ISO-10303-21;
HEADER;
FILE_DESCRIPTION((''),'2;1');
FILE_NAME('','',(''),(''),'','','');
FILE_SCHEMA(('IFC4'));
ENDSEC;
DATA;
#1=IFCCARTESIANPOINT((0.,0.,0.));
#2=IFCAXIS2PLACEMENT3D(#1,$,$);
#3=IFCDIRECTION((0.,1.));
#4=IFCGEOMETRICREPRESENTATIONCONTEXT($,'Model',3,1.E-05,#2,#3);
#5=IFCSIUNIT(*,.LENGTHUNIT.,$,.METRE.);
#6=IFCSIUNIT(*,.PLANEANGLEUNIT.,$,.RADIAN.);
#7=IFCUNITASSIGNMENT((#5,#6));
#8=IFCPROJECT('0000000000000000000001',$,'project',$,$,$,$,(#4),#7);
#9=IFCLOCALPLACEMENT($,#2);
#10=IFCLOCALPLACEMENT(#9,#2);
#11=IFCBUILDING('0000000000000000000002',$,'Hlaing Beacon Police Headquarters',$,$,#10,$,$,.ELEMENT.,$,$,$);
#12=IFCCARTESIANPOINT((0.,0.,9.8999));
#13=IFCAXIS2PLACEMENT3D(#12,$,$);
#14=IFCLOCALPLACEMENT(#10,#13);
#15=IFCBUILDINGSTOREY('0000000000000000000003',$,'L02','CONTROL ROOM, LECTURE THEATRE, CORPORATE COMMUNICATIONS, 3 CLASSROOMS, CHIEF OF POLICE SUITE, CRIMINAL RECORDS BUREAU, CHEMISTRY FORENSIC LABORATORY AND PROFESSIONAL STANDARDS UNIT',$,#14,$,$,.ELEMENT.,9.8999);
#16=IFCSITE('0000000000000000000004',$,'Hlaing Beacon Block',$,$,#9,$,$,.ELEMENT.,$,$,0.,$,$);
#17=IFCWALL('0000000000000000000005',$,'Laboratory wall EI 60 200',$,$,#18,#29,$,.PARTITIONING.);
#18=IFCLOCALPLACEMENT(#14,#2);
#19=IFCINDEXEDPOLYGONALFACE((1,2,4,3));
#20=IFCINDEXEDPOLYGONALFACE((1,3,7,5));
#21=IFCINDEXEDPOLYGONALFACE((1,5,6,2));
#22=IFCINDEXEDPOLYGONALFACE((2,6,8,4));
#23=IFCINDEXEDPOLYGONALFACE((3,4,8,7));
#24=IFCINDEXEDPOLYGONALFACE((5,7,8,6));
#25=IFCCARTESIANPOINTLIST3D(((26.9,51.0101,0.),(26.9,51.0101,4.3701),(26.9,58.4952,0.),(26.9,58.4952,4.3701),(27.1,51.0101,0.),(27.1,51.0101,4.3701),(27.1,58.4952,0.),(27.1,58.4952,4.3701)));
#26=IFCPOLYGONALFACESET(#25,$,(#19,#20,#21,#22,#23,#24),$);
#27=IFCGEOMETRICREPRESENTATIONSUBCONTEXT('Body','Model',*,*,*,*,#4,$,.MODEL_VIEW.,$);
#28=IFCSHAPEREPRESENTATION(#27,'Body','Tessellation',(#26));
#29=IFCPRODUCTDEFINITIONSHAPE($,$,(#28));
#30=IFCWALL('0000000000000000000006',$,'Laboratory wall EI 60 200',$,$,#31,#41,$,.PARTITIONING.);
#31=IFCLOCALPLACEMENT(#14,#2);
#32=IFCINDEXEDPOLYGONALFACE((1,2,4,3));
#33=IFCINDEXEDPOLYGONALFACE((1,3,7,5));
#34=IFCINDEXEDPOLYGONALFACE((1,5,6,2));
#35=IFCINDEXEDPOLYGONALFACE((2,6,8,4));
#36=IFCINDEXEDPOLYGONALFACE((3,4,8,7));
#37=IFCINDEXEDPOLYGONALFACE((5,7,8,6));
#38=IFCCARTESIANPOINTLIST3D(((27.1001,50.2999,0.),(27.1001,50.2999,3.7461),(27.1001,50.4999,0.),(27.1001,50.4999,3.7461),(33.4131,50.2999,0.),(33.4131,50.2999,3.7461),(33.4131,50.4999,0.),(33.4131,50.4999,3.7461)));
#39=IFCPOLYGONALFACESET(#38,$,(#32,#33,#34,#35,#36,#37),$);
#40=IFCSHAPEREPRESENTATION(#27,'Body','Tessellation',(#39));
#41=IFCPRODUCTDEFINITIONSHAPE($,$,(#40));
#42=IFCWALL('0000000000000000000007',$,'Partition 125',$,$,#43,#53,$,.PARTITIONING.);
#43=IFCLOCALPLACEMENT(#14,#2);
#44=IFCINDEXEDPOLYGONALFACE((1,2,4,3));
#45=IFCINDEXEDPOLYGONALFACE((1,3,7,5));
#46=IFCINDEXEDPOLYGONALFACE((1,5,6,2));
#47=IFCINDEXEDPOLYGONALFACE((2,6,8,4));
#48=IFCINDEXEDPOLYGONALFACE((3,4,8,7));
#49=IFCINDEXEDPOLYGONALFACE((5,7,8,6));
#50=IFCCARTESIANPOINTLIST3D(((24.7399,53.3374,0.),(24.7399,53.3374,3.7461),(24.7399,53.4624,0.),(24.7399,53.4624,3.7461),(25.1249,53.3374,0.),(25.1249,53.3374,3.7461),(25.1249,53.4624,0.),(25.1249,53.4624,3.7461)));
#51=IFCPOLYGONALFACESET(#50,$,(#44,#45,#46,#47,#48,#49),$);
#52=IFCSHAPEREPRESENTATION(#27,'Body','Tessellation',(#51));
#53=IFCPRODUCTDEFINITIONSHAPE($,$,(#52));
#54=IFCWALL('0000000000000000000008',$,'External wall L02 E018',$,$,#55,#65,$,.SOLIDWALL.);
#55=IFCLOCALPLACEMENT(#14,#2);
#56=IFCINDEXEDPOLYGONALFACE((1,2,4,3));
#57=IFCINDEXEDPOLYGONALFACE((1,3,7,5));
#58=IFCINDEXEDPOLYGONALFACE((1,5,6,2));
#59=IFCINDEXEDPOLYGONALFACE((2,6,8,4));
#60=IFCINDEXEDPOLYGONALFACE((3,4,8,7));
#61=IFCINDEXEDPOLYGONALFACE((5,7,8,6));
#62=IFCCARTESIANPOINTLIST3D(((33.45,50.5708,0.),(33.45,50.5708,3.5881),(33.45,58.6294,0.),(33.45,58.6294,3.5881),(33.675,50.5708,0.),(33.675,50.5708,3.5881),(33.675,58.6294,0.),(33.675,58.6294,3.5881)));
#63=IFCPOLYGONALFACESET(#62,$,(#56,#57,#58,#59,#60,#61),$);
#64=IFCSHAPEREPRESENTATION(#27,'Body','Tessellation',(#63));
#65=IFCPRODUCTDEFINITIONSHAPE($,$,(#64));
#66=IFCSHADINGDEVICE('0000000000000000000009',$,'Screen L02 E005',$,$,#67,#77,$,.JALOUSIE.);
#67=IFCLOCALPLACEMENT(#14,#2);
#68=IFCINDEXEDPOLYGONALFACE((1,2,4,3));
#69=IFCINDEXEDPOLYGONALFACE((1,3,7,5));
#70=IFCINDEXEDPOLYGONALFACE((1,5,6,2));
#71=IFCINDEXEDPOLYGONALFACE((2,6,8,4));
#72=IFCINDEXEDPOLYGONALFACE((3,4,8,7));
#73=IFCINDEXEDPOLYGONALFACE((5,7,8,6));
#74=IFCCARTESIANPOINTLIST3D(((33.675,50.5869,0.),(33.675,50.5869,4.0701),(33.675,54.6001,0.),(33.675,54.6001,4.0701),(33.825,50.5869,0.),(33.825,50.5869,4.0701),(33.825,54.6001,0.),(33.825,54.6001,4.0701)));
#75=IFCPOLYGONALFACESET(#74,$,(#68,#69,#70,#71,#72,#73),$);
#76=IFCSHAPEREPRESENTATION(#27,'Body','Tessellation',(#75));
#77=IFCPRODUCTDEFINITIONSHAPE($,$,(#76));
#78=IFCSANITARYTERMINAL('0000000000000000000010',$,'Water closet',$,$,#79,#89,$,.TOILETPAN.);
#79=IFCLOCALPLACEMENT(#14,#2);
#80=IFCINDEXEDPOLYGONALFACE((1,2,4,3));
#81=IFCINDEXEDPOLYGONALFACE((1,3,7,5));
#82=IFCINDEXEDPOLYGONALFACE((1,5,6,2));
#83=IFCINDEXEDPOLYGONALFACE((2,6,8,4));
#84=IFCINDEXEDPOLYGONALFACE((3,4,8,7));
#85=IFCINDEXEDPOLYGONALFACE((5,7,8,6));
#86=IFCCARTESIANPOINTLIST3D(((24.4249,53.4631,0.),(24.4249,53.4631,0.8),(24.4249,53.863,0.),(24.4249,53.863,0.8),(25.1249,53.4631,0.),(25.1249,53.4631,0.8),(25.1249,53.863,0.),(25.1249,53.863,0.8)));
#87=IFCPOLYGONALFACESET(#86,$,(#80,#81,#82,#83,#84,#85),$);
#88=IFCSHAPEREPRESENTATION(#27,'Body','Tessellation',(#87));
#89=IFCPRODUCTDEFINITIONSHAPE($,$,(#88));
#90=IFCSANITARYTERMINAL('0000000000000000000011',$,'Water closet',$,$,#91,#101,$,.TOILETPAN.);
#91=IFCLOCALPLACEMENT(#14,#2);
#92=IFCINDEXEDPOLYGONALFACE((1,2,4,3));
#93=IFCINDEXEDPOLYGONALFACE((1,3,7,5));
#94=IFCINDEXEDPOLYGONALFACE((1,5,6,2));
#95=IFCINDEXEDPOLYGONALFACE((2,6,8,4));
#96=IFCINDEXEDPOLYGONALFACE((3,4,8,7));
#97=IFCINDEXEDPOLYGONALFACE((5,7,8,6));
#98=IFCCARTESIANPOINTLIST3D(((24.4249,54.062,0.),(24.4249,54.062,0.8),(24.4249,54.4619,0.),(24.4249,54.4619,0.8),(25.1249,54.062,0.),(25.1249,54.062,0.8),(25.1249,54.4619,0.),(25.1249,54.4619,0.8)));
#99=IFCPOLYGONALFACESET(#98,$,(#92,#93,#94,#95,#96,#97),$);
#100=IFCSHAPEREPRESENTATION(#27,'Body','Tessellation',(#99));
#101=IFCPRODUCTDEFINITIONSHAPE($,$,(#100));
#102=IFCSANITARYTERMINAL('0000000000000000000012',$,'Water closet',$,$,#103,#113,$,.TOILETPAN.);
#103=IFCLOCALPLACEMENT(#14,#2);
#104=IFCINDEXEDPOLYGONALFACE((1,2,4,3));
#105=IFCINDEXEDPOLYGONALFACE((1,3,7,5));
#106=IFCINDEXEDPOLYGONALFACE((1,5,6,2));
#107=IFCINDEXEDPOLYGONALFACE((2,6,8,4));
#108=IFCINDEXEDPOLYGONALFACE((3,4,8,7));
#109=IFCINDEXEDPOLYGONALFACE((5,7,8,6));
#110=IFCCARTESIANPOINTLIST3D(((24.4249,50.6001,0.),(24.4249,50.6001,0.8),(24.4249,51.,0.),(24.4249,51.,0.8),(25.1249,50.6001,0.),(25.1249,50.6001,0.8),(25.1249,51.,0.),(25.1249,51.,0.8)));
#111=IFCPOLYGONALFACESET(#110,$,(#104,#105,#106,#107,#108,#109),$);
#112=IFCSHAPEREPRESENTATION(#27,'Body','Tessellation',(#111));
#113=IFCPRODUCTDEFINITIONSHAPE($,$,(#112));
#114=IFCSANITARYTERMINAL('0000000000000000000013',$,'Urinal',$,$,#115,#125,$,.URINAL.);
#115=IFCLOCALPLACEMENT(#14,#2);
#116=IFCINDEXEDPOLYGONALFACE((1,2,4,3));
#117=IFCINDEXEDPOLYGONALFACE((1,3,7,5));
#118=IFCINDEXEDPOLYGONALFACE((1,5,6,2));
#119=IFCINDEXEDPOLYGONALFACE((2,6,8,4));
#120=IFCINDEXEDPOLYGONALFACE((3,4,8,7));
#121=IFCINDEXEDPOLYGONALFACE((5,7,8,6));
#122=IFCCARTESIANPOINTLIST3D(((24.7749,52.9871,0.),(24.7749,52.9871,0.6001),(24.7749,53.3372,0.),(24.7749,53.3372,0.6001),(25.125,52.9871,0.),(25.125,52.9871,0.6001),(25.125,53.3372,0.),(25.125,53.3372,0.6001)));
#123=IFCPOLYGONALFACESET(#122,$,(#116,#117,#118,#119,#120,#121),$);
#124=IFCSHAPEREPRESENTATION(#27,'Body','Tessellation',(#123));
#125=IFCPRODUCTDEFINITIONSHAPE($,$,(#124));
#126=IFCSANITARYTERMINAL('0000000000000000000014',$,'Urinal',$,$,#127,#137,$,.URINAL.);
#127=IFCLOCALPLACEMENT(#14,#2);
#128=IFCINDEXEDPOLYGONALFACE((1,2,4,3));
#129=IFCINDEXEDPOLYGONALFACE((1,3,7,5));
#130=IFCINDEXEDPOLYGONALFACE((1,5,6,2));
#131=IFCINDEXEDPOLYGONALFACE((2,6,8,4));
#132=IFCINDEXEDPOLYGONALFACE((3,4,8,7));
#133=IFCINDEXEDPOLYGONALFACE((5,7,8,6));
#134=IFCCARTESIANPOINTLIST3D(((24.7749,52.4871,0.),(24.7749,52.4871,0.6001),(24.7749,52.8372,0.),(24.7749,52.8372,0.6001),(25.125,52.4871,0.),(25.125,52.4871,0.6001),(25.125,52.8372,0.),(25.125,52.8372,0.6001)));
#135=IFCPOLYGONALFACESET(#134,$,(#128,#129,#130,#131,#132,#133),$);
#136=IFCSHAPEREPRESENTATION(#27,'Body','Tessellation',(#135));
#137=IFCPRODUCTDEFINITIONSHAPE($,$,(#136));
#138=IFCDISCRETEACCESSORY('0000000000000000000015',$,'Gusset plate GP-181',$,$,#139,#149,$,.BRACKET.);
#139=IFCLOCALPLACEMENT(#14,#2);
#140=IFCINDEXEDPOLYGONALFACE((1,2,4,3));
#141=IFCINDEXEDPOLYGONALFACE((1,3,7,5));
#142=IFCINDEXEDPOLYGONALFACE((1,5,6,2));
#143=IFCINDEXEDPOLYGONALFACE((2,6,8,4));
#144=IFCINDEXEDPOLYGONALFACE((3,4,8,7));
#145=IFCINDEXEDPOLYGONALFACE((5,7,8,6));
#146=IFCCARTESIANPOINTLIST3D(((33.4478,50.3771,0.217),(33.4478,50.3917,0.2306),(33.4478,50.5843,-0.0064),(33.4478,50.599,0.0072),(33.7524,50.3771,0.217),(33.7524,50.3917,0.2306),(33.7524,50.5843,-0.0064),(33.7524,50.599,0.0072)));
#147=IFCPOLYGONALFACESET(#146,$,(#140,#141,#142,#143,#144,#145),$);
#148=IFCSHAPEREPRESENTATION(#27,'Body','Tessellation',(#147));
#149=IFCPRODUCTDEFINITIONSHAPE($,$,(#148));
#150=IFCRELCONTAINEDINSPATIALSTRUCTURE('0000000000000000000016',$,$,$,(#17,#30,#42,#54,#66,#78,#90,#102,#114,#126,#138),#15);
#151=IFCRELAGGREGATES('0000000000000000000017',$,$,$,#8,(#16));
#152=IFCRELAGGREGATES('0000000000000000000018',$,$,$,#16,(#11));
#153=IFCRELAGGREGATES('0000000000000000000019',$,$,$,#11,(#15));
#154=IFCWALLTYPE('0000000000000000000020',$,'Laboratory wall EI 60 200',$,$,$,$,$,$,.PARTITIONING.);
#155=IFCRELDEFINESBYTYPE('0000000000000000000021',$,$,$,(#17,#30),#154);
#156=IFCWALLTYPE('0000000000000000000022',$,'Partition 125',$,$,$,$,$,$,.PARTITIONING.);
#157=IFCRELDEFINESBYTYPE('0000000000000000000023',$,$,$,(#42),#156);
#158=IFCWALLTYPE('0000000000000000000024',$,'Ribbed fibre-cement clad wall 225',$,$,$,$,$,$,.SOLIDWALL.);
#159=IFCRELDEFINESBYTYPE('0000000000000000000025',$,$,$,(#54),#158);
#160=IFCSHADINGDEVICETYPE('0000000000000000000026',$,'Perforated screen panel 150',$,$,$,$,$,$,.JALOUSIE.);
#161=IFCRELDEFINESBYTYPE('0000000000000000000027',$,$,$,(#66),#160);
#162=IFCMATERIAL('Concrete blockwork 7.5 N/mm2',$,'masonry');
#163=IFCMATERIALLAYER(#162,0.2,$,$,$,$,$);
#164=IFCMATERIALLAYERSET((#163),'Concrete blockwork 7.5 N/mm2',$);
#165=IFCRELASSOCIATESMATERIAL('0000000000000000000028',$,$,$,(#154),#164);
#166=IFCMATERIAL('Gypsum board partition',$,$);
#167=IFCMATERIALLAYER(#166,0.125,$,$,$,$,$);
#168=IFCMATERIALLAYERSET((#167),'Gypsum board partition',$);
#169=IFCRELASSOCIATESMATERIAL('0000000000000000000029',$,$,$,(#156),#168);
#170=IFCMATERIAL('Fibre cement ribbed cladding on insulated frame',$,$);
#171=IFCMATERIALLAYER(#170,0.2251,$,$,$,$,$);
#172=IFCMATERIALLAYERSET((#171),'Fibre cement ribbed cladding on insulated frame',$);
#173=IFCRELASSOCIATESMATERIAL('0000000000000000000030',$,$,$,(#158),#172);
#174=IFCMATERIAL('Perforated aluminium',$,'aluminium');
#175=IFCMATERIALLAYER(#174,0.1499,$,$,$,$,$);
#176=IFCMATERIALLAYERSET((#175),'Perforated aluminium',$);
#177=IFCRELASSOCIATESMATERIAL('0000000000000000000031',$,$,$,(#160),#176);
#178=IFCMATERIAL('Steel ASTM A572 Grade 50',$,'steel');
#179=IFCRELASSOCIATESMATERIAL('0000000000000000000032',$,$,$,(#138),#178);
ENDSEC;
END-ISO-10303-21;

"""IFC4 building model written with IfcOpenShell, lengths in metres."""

from ifc_helpers import new_model, si_unit, direction, frame, frame_2d, origin, origin_2d, place, context, subcontext, project, spatial, rectangle, extrude, material, layer, layer_set, type_object, element, save


model = new_model("IFC4")

# Units and contexts
model_context = context("Model", 3, precision=1e-05, world=origin(), true_north=direction((0.0, 1.0)))
body_context = subcontext(model_context, "Body", "Model", "MODEL_VIEW")
ifc_project = project(units=[si_unit("LENGTHUNIT", "METRE"), si_unit("PLANEANGLEUNIT", "RADIAN")], contexts=[model_context])

# Site, building, storey
site_placement = place(None, origin())
site = spatial("IfcSite", under=ifc_project, at=site_placement, Name="Hlaing Beacon Block", CompositionType="ELEMENT", RefElevation=0.0)
building_placement = place(site_placement, origin())
building = spatial("IfcBuilding", under=site, at=building_placement, Name="Hlaing Beacon Police Headquarters", CompositionType="ELEMENT")
storey_placement = place(building_placement, frame((0.0, 0.0, 9.8999)))
storey = spatial("IfcBuildingStorey", under=building, at=storey_placement, Name="L02", Description="CONTROL ROOM, LECTURE THEATRE, CORPORATE COMMUNICATIONS, 3 CLASSROOMS, CHIEF OF POLICE SUITE, CRIMINAL RECORDS BUREAU, CHEMISTRY FORENSIC LABORATORY AND PROFESSIONAL STANDARDS UNIT", CompositionType="ELEMENT", Elevation=9.8999)

# Walls
ifc_material_1 = material(Name="Concrete blockwork 7.5 N/mm2", Category="masonry")
ifc_layer_1 = layer(ifc_material_1, 0.2)
ifc_layer_set_1 = layer_set([ifc_layer_1], Name="Concrete blockwork 7.5 N/mm2")
wall_type_1 = type_object("IfcWallType", Name="Laboratory wall EI 60 200", PredefinedType="PARTITIONING", material=ifc_layer_set_1)
wall_1_placement = place(storey_placement, frame((27.0, 51.01, 0.0), z_axis=(0.0, 0.0, 1.0), x_axis=(0.0, 1.0, 0.0)))
element("IfcWall", 1, at=wall_1_placement, inside=storey, type_object=wall_type_1, Name="Laboratory wall EI 60 200", PredefinedType="PARTITIONING", context=body_context, shape_type="SweptSolid", body=[
    extrude(rectangle(XDim=7.4851, YDim=0.2, at=frame_2d((3.7427, 0.0))), origin(), (0.0, 0.0, 1.0), 4.3701),
])
wall_2_placement = place(storey_placement, frame((27.1001, 50.3999, 0.0), z_axis=(0.0, 0.0, 1.0), x_axis=(1.0, 0.0, 0.0)))
element("IfcWall", 2, at=wall_2_placement, inside=storey, type_object=wall_type_1, Name="Laboratory wall EI 60 200", PredefinedType="PARTITIONING", context=body_context, shape_type="SweptSolid", body=[
    extrude(rectangle(XDim=6.313, YDim=0.2, at=frame_2d((3.1565, 0.0))), origin(), (0.0, 0.0, 1.0), 3.7461),
])
ifc_material_2 = material(Name="Gypsum board partition")
ifc_layer_2 = layer(ifc_material_2, 0.125)
ifc_layer_set_2 = layer_set([ifc_layer_2], Name="Gypsum board partition")
wall_type_2 = type_object("IfcWallType", Name="Partition 125", PredefinedType="PARTITIONING", material=ifc_layer_set_2)
wall_3_placement = place(storey_placement, frame((24.74, 53.3999, 0.0), z_axis=(0.0, 0.0, 1.0), x_axis=(1.0, 0.0, 0.0)))
element("IfcWall", 3, at=wall_3_placement, inside=storey, type_object=wall_type_2, Name="Partition 125", PredefinedType="PARTITIONING", context=body_context, shape_type="SweptSolid", body=[
    extrude(rectangle(XDim=0.385, YDim=0.125, at=frame_2d((0.1924, 0.0))), origin(), (0.0, 0.0, 1.0), 3.7461),
])
ifc_material_3 = material(Name="Fibre cement ribbed cladding on insulated frame")
ifc_layer_3 = layer(ifc_material_3, 0.2251)
ifc_layer_set_3 = layer_set([ifc_layer_3], Name="Fibre cement ribbed cladding on insulated frame")
wall_type_3 = type_object("IfcWallType", Name="Ribbed fibre-cement clad wall 225", PredefinedType="SOLIDWALL", material=ifc_layer_set_3)
wall_4_placement = place(storey_placement, frame((33.5625, 50.5708, 0.0), z_axis=(0.0, 0.0, 1.0), x_axis=(0.0, 1.0, 0.0)))
element("IfcWall", 4, at=wall_4_placement, inside=storey, type_object=wall_type_3, Name="External wall L02 E018", PredefinedType="SOLIDWALL", context=body_context, shape_type="SweptSolid", body=[
    extrude(rectangle(XDim=8.0586, YDim=0.2251, at=frame_2d((4.0293, 0.0))), origin(), (0.0, 0.0, 1.0), 3.5881),
])

# Shading device
ifc_material_4 = material(Name="Perforated aluminium", Category="aluminium")
ifc_layer_4 = layer(ifc_material_4, 0.1499)
ifc_layer_set_4 = layer_set([ifc_layer_4], Name="Perforated aluminium")
shading_device_type = type_object("IfcShadingDeviceType", Name="Perforated screen panel 150", PredefinedType="JALOUSIE", material=ifc_layer_set_4)
shading_device_placement = place(storey_placement, frame((33.75, 52.5935, 0.0), z_axis=(0.0, 0.0, 1.0), x_axis=(0.0, 1.0, 0.0)))
element("IfcShadingDevice", 5, at=shading_device_placement, inside=storey, type_object=shading_device_type, Name="Screen L02 E005", PredefinedType="JALOUSIE", context=body_context, shape_type="SweptSolid", body=[
    extrude(rectangle(XDim=4.0132, YDim=0.1499, at=origin_2d()), origin(), (0.0, 0.0, 1.0), 4.0701),
])

# Sanitary terminals
for number, where, z_axis, x_axis, name in (
    (6, (24.7749, 53.6631, 0.0), (0.0, 0.0, 1.0), (1.0, 0.0, 0.0), "Water closet"),
    (7, (24.7749, 54.262, 0.0), (0.0, 0.0, 1.0), (1.0, 0.0, 0.0), "Water closet"),
    (8, (24.7749, 50.8, 0.0), (0.0, 0.0, 1.0), (1.0, 0.0, 0.0), "Water closet"),
):
    element("IfcSanitaryTerminal", number, at=place(storey_placement, frame(where, z_axis=z_axis, x_axis=x_axis)), inside=storey, Name=name, PredefinedType="TOILETPAN", context=body_context, shape_type="SweptSolid", body=[
        extrude(rectangle(XDim=0.7, YDim=0.3999, at=origin_2d()), origin(), (0.0, 0.0, 1.0), 0.8),
    ])
for number, where, z_axis, x_axis, name in (
    (9, (24.95, 53.1621, 0.0), (0.0, 0.0, 1.0), (1.0, 0.0, 0.0), "Urinal"),
    (10, (24.95, 52.6621, 0.0), (0.0, 0.0, 1.0), (1.0, 0.0, 0.0), "Urinal"),
):
    element("IfcSanitaryTerminal", number, at=place(storey_placement, frame(where, z_axis=z_axis, x_axis=x_axis)), inside=storey, Name=name, PredefinedType="URINAL", context=body_context, shape_type="SweptSolid", body=[
        extrude(rectangle(XDim=0.3501, YDim=0.3501, at=origin_2d()), origin(), (0.0, 0.0, 1.0), 0.6001),
    ])

# Discrete accessory
ifc_material_5 = material(Name="Steel ASTM A572 Grade 50", Category="steel")
discrete_accessory_placement = place(storey_placement, frame((33.6001, 50.4954, 0.1189), z_axis=(0.0, -0.733101, -0.680119), x_axis=(1.0, 0.0, 0.0)))
element("IfcDiscreteAccessory", 11, at=discrete_accessory_placement, inside=storey, material=ifc_material_5, Name="Gusset plate GP-181", PredefinedType="BRACKET", context=body_context, shape_type="SweptSolid", body=[
    extrude(rectangle(XDim=0.3047, YDim=0.3047, at=origin_2d()), origin(), (0.0, 0.0, 1.0), 0.02),
])

save(model, "model.ifc")
